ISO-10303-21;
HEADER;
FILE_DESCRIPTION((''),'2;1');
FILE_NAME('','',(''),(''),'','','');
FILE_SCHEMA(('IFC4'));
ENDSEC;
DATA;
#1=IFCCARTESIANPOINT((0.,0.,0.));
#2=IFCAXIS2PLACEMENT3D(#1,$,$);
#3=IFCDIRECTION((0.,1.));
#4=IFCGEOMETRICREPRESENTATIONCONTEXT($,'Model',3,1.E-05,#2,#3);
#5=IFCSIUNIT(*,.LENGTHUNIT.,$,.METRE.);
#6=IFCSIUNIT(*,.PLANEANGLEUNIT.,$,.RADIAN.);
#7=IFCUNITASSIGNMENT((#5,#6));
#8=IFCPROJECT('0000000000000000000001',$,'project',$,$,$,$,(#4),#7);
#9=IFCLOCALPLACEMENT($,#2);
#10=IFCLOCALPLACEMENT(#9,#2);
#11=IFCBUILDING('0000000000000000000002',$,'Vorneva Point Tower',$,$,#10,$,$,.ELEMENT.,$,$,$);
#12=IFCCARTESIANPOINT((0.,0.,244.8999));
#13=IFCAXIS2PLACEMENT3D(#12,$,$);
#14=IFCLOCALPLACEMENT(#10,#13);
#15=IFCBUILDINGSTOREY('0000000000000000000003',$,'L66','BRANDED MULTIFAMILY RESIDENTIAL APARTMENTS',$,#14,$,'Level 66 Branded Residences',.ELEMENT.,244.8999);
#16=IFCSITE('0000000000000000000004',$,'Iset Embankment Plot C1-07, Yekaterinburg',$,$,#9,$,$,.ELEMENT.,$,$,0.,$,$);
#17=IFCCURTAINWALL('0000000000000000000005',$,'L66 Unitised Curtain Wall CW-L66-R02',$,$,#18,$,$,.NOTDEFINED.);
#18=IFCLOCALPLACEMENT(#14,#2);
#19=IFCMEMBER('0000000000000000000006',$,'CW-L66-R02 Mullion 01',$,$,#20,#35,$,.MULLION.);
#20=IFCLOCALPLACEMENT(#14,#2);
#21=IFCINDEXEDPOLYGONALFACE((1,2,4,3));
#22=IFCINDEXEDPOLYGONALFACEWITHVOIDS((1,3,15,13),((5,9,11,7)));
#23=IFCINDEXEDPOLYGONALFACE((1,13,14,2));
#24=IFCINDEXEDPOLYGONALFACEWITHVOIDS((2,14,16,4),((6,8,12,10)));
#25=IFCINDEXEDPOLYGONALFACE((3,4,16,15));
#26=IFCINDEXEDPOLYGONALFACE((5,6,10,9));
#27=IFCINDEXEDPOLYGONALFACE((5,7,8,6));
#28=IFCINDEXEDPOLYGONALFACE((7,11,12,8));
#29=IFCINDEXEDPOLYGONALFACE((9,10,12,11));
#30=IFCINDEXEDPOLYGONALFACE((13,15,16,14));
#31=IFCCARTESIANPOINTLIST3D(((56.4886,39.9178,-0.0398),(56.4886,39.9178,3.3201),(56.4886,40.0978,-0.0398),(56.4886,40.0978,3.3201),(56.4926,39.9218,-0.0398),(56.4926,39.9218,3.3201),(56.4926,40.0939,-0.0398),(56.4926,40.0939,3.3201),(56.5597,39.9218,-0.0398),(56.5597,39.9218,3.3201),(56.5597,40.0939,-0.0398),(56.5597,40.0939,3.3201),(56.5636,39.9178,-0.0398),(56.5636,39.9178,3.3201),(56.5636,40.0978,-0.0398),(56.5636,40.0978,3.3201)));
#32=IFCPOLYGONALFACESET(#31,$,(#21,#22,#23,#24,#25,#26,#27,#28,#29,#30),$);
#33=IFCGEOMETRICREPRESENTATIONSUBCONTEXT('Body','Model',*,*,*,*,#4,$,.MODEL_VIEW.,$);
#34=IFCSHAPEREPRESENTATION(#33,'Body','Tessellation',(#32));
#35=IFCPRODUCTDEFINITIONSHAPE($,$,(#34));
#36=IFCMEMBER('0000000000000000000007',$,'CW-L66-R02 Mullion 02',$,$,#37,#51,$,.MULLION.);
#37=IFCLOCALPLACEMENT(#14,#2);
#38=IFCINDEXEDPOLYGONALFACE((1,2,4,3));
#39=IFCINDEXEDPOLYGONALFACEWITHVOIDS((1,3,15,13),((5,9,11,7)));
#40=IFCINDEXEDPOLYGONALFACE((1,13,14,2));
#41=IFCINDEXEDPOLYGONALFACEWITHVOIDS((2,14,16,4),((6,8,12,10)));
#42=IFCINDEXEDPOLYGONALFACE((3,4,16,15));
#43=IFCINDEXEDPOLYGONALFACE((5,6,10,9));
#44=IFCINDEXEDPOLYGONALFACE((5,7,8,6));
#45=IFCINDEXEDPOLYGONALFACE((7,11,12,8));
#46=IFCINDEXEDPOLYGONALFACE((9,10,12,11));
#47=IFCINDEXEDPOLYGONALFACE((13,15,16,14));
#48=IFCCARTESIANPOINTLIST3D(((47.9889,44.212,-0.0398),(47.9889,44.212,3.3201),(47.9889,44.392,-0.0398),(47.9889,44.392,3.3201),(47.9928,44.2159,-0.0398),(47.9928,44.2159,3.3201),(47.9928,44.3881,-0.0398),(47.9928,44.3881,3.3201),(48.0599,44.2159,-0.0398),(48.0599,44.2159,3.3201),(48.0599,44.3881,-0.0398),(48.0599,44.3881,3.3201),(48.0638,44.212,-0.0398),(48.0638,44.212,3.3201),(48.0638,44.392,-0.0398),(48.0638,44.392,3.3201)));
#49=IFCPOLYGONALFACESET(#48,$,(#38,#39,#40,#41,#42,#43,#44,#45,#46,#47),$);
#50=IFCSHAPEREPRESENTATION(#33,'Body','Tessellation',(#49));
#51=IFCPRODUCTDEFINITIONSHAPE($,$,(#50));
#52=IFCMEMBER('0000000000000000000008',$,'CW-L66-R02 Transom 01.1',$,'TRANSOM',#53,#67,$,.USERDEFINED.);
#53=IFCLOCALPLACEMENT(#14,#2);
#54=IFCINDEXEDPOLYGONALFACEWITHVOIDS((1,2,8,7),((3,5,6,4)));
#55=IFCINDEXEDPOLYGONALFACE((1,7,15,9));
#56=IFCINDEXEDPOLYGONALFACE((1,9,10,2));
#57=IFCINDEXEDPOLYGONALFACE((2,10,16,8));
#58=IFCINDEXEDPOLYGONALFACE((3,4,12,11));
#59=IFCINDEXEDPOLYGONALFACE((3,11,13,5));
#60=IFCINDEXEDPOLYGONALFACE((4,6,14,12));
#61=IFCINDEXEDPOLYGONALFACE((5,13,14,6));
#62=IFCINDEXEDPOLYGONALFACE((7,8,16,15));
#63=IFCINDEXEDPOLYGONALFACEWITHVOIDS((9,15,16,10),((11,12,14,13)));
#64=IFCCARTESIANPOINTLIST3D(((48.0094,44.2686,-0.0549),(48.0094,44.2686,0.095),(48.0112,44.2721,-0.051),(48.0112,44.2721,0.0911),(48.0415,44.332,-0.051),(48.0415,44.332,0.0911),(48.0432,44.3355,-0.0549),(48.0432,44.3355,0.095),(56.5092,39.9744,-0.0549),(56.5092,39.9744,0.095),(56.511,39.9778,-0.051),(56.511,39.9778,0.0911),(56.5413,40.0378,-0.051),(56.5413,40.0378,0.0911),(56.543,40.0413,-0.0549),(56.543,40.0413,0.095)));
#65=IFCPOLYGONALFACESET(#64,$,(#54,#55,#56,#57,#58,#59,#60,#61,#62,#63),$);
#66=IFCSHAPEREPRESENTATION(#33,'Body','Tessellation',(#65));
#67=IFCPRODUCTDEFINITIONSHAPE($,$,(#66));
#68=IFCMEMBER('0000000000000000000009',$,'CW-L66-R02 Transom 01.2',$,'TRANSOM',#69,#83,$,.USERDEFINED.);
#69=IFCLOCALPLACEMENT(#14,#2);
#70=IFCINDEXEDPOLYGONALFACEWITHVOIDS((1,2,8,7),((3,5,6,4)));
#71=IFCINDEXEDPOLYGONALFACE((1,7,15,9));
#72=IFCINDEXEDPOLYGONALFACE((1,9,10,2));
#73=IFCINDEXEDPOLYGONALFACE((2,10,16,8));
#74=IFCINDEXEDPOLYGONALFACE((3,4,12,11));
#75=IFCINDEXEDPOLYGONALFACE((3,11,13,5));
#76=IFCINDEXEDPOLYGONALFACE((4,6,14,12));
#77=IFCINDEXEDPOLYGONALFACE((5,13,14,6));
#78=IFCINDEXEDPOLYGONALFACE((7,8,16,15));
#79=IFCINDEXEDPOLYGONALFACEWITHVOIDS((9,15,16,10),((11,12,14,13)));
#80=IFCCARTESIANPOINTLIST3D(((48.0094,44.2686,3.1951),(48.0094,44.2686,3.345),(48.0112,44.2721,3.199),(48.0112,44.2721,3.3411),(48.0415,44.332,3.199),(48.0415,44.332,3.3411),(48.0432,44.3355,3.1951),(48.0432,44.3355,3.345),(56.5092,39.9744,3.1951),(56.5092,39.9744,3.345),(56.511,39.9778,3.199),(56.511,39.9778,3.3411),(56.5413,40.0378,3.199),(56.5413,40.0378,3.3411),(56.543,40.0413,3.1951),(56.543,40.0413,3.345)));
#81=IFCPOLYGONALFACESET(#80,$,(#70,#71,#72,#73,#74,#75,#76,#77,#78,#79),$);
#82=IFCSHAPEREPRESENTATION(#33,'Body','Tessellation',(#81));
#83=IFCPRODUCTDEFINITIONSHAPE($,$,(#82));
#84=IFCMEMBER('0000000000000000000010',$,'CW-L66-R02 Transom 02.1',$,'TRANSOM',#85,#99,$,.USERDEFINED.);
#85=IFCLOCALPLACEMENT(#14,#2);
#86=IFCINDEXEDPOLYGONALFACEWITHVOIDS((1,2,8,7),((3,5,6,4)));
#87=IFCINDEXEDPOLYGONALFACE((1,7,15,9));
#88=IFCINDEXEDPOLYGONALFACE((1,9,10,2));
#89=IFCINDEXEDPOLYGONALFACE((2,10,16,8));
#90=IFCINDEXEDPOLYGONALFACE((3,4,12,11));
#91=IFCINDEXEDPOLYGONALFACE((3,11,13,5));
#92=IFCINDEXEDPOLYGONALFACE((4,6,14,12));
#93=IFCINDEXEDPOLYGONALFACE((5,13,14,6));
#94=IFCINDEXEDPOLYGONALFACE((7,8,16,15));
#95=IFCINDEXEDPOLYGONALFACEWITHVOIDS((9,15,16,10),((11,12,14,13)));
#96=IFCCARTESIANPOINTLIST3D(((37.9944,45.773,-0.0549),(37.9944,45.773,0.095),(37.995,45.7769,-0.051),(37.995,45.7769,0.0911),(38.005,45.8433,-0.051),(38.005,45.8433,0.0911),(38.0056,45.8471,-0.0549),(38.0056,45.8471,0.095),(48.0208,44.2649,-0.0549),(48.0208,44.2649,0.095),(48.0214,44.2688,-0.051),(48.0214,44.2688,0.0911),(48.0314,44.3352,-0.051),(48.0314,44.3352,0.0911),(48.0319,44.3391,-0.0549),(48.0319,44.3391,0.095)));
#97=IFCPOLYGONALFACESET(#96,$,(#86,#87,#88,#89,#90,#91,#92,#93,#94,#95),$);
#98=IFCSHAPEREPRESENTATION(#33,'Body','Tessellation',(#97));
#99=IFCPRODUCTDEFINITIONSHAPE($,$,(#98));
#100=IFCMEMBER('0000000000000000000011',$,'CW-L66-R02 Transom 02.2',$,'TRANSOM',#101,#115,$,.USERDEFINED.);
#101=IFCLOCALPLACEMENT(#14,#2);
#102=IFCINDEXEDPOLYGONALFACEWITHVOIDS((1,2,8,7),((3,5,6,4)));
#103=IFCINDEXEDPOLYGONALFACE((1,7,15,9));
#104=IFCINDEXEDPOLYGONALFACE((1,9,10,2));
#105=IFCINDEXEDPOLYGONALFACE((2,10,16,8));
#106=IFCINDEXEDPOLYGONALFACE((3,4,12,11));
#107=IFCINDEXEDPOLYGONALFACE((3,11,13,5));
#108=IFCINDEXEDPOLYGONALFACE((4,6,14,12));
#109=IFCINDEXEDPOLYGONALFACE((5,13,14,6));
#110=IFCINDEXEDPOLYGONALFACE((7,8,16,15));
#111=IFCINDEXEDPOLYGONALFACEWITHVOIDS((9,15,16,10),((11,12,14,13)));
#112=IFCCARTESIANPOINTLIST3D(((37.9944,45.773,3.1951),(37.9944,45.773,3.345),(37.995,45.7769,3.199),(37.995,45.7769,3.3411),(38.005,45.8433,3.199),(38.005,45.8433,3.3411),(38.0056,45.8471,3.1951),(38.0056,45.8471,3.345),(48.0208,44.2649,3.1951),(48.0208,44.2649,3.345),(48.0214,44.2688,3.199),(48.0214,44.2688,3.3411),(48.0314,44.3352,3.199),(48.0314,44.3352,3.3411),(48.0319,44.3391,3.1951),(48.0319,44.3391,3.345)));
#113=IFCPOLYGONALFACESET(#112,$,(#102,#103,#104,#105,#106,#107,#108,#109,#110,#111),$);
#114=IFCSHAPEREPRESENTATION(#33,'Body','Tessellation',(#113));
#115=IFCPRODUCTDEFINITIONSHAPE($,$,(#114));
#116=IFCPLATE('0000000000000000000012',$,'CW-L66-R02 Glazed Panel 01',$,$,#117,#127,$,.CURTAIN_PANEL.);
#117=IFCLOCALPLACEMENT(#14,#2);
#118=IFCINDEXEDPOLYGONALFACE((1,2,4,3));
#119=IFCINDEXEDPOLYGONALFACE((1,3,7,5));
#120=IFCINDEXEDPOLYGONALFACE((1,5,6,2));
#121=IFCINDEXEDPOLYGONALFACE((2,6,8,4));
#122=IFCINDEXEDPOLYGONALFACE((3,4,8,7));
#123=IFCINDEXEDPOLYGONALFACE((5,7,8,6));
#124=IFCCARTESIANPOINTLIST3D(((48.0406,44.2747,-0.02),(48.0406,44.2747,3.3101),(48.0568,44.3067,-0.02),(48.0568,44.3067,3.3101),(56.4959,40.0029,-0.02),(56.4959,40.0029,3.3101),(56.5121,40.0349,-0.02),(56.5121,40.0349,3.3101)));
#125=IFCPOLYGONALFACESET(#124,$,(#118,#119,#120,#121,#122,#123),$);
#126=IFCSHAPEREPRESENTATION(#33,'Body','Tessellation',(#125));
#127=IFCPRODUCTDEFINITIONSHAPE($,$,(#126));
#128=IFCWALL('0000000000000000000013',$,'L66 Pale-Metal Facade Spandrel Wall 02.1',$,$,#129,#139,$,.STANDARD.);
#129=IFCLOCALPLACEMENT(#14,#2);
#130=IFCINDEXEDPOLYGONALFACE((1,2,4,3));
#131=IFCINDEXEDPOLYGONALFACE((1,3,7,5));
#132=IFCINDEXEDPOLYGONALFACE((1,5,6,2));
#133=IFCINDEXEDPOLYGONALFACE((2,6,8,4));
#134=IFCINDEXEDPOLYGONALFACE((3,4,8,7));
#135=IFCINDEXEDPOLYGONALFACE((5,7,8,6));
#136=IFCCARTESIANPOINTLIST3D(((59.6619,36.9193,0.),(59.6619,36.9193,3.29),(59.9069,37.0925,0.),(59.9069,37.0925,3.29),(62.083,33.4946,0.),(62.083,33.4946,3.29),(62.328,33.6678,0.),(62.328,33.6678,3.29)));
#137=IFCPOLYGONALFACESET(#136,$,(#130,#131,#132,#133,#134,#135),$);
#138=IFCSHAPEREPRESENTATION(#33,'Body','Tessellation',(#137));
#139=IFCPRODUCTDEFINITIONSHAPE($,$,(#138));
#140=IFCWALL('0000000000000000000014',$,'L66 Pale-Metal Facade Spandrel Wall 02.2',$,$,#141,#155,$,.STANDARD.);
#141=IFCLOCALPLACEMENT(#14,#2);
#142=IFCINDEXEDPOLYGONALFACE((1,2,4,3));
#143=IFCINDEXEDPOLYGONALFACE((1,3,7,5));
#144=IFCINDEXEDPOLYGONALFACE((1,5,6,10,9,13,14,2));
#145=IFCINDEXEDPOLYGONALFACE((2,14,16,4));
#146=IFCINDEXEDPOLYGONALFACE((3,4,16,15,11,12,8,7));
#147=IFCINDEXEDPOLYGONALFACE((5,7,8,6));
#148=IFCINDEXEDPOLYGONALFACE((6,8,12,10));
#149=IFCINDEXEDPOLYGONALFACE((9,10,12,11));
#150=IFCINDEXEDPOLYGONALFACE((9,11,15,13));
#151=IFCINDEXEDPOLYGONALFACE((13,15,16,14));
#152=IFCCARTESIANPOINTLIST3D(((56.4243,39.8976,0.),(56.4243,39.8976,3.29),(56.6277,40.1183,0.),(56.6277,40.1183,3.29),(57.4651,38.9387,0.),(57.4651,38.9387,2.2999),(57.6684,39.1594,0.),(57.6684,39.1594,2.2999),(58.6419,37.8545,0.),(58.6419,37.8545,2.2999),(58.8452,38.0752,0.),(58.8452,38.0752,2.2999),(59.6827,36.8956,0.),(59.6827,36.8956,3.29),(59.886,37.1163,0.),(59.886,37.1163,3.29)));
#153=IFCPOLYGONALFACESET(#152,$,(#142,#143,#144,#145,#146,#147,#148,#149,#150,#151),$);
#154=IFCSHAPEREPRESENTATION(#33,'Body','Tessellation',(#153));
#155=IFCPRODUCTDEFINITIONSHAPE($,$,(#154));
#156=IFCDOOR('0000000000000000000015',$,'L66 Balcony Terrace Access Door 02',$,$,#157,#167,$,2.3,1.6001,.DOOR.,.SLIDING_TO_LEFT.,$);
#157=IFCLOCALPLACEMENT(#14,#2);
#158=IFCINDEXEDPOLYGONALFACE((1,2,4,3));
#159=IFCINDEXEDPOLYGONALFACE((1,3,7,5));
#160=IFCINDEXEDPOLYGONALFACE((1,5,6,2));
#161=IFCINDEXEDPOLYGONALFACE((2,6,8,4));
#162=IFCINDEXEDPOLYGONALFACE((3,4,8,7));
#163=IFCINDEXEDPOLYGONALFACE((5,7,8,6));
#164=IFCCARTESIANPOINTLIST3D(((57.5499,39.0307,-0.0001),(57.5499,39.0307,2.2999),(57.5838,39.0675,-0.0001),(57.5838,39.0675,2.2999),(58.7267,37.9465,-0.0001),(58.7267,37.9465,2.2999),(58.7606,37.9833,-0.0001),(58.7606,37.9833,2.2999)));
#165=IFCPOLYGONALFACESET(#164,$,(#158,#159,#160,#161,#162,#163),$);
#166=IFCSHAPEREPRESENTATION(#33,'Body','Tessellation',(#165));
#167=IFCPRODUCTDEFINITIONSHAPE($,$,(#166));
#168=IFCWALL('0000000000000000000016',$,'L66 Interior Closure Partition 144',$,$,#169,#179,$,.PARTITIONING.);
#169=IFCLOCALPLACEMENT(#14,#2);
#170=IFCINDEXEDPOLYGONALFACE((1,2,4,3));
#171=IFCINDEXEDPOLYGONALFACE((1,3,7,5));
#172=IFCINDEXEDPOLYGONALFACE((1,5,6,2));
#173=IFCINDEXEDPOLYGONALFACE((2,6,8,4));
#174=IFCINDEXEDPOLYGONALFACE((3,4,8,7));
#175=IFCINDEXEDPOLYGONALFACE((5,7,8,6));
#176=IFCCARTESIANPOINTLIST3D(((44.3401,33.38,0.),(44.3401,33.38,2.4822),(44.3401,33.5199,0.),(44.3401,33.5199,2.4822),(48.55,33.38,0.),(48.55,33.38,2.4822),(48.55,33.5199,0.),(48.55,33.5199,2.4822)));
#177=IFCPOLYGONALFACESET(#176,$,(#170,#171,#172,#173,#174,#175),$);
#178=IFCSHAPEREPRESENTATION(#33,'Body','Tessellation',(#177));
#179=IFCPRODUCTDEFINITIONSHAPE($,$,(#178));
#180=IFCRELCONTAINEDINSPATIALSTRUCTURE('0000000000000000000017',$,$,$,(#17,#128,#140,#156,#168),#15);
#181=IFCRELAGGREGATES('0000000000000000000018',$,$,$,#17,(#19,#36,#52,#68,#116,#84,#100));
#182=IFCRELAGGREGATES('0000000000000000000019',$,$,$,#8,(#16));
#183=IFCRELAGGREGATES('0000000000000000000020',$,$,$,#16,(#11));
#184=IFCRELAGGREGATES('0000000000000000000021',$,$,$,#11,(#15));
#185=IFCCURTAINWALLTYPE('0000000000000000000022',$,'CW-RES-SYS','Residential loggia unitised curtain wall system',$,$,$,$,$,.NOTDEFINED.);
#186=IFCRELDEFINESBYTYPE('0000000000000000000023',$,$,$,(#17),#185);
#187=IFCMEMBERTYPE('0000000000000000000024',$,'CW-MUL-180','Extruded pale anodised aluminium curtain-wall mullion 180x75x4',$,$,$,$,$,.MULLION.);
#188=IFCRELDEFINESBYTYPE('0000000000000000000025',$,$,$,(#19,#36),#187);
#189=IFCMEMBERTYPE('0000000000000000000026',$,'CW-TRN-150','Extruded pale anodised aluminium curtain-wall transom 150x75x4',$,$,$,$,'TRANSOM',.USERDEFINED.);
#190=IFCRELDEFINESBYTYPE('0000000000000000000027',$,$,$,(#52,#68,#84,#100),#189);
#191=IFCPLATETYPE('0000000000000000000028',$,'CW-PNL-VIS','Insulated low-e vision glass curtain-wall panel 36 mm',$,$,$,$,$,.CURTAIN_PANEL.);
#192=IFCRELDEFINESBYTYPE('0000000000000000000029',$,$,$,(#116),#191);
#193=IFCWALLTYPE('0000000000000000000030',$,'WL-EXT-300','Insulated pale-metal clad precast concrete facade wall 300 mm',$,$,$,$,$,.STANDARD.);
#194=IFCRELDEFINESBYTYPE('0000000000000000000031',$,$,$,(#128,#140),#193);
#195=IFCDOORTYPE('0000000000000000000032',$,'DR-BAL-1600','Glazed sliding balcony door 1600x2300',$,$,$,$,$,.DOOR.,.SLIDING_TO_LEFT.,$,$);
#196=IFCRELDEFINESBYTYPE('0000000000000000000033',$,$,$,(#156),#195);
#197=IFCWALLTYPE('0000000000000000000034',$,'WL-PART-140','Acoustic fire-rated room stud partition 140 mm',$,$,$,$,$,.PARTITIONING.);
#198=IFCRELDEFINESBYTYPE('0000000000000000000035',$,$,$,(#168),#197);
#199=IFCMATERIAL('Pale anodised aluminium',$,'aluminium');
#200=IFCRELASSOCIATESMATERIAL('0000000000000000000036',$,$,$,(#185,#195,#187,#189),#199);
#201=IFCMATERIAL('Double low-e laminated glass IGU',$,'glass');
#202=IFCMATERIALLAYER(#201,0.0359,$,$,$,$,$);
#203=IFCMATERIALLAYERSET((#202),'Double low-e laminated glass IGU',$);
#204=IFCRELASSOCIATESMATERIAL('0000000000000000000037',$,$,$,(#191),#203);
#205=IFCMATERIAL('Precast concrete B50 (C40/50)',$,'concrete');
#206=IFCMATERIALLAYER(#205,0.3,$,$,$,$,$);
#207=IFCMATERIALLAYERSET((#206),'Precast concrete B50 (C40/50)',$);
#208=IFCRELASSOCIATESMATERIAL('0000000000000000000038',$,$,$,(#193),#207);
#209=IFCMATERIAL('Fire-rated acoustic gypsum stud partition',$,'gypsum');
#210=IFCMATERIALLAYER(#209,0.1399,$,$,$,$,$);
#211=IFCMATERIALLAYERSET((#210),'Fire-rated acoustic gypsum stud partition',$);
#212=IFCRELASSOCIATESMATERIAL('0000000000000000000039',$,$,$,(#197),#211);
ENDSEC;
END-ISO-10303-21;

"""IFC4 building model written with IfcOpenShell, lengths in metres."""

from ifc_helpers import new_model, si_unit, direction, frame, frame_2d, origin, origin_2d, place, context, subcontext, project, spatial, rectangle, hollow_rectangle, extrude, material, layer, layer_set, material_profile, profile_set, type_object, element, fill, aggregate, save


model = new_model("IFC4")

# Units and contexts
model_context = context("Model", 3, precision=1e-05, world=origin(), true_north=direction((0.0, 1.0)))
body_context = subcontext(model_context, "Body", "Model", "MODEL_VIEW")
ifc_project = project(units=[si_unit("LENGTHUNIT", "METRE"), si_unit("PLANEANGLEUNIT", "RADIAN")], contexts=[model_context])

# Site, building, storey
site_placement = place(None, origin())
site = spatial("IfcSite", under=ifc_project, at=site_placement, Name="Iset Embankment Plot C1-07, Yekaterinburg", CompositionType="ELEMENT", RefElevation=0.0)
building_placement = place(site_placement, origin())
building = spatial("IfcBuilding", under=site, at=building_placement, Name="Vorneva Point Tower", CompositionType="ELEMENT")
storey_placement = place(building_placement, frame((0.0, 0.0, 244.8999)))
storey = spatial("IfcBuildingStorey", under=building, at=storey_placement, Name="L66", Description="BRANDED MULTIFAMILY RESIDENTIAL APARTMENTS", LongName="Level 66 Branded Residences", CompositionType="ELEMENT", Elevation=244.8999)

# Shared definitions
ifc_material_1 = material(Name="Pale anodised aluminium", Category="aluminium")
curtain_wall_type = type_object("IfcCurtainWallType", Name="CW-RES-SYS", Description="Residential loggia unitised curtain wall system", PredefinedType="NOTDEFINED", material=ifc_material_1)
ifc_material_profile_1 = material_profile(ifc_material_1, hollow_rectangle(XDim=0.075, YDim=0.1799, WallThickness=0.0039, at=origin_2d()), Name="AL-MUL 180x75x4")
ifc_profile_set_1 = profile_set([ifc_material_profile_1], Name="Pale anodised aluminium")
member_type_1 = type_object("IfcMemberType", Name="CW-MUL-180", Description="Extruded pale anodised aluminium curtain-wall mullion 180x75x4", PredefinedType="MULLION", material=ifc_profile_set_1)

# Curtain wall, members, plate
curtain_wall_1_placement = place(storey_placement, origin())
curtain_wall_1 = element("IfcCurtainWall", 1, at=curtain_wall_1_placement, inside=storey, type_object=curtain_wall_type, Name="L66 Unitised Curtain Wall CW-L66-R02", PredefinedType="NOTDEFINED")
member_1_placement = place(storey_placement, frame((56.5261, 40.0078, -0.0398), z_axis=(0.0, 0.0, 1.0), x_axis=(1.0, 0.0, 0.0)))
member_1 = element("IfcMember", 2, at=member_1_placement, type_object=member_type_1, Name="CW-L66-R02 Mullion 01", PredefinedType="MULLION", context=body_context, shape_type="SweptSolid", body=[
    extrude(hollow_rectangle(XDim=0.075, YDim=0.1799, WallThickness=0.0039, at=origin_2d()), origin(), (0.0, 0.0, 1.0), 3.3599),
])
member_2_placement = place(storey_placement, frame((48.0264, 44.302, -0.0398), z_axis=(0.0, 0.0, 1.0), x_axis=(1.0, 0.0, 0.0)))
member_2 = element("IfcMember", 3, at=member_2_placement, type_object=member_type_1, Name="CW-L66-R02 Mullion 02", PredefinedType="MULLION", context=body_context, shape_type="SweptSolid", body=[
    extrude(hollow_rectangle(XDim=0.075, YDim=0.1799, WallThickness=0.0039, at=origin_2d()), origin(), (0.0, 0.0, 1.0), 3.3599),
])
ifc_material_profile_2 = material_profile(ifc_material_1, hollow_rectangle(XDim=0.075, YDim=0.1499, WallThickness=0.0039, at=origin_2d()), Name="AL-TRN 150x75x4")
ifc_profile_set_2 = profile_set([ifc_material_profile_2], Name="Pale anodised aluminium")
member_type_2 = type_object("IfcMemberType", Name="CW-TRN-150", Description="Extruded pale anodised aluminium curtain-wall transom 150x75x4", ElementType="TRANSOM", PredefinedType="USERDEFINED", material=ifc_profile_set_2)
member_3_placement = place(storey_placement, frame((56.5261, 40.0078, 0.02), z_axis=(-0.892558, 0.450932, 0.0), x_axis=(-0.450932, -0.892558, 0.0)))
member_3 = element("IfcMember", 4, at=member_3_placement, type_object=member_type_2, Name="CW-L66-R02 Transom 01.1", ObjectType="TRANSOM", PredefinedType="USERDEFINED", context=body_context, shape_type="SweptSolid", body=[
    extrude(hollow_rectangle(XDim=0.075, YDim=0.1499, WallThickness=0.0039, at=origin_2d()), origin(), (0.0, 0.0, 1.0), 9.5229),
])
member_4_placement = place(storey_placement, frame((56.5261, 40.0078, 3.27), z_axis=(-0.892558, 0.450932, 0.0), x_axis=(-0.450932, -0.892558, 0.0)))
member_4 = element("IfcMember", 5, at=member_4_placement, type_object=member_type_2, Name="CW-L66-R02 Transom 01.2", ObjectType="TRANSOM", PredefinedType="USERDEFINED", context=body_context, shape_type="SweptSolid", body=[
    extrude(hollow_rectangle(XDim=0.075, YDim=0.1499, WallThickness=0.0039, at=origin_2d()), origin(), (0.0, 0.0, 1.0), 9.5229),
])
member_5_placement = place(storey_placement, frame((48.0264, 44.302, 0.02), z_axis=(-0.988877, 0.148736, 0.0), x_axis=(-0.148736, -0.988877, 0.0)))
member_5 = element("IfcMember", 6, at=member_5_placement, type_object=member_type_2, Name="CW-L66-R02 Transom 02.1", ObjectType="TRANSOM", PredefinedType="USERDEFINED", context=body_context, shape_type="SweptSolid", body=[
    extrude(hollow_rectangle(XDim=0.075, YDim=0.1499, WallThickness=0.0039, at=origin_2d()), origin(), (0.0, 0.0, 1.0), 10.1392),
])
member_6_placement = place(storey_placement, frame((48.0264, 44.302, 3.27), z_axis=(-0.988877, 0.148736, 0.0), x_axis=(-0.148736, -0.988877, 0.0)))
member_6 = element("IfcMember", 7, at=member_6_placement, type_object=member_type_2, Name="CW-L66-R02 Transom 02.2", ObjectType="TRANSOM", PredefinedType="USERDEFINED", context=body_context, shape_type="SweptSolid", body=[
    extrude(hollow_rectangle(XDim=0.075, YDim=0.1499, WallThickness=0.0039, at=origin_2d()), origin(), (0.0, 0.0, 1.0), 10.1392),
])
ifc_material_2 = material(Name="Double low-e laminated glass IGU", Category="glass")
ifc_layer_1 = layer(ifc_material_2, 0.0359)
ifc_layer_set_1 = layer_set([ifc_layer_1], Name="Double low-e laminated glass IGU")
plate_type = type_object("IfcPlateType", Name="CW-PNL-VIS", Description="Insulated low-e vision glass curtain-wall panel 36 mm", PredefinedType="CURTAIN_PANEL", material=ifc_layer_set_1)
plate_placement = place(storey_placement, frame((52.2764, 42.1548, -0.02), z_axis=(0.0, 0.0, 1.0), x_axis=(-0.892554, 0.45094, 0.0)))
plate = element("IfcPlate", 8, at=plate_placement, type_object=plate_type, Name="CW-L66-R02 Glazed Panel 01", PredefinedType="CURTAIN_PANEL", context=body_context, shape_type="SweptSolid", body=[
    extrude(rectangle(XDim=9.4731, YDim=0.0359, at=origin_2d()), origin(), (0.0, 0.0, 1.0), 3.3301),
])
aggregate(curtain_wall_1, [member_1, member_2, member_3, member_4, plate, member_5, member_6])

# Wall
ifc_material_3 = material(Name="Precast concrete B50 (C40/50)", Category="concrete")
ifc_layer_2 = layer(ifc_material_3, 0.3)
ifc_layer_set_2 = layer_set([ifc_layer_2], Name="Precast concrete B50 (C40/50)")
wall_type_1 = type_object("IfcWallType", Name="WL-EXT-300", Description="Insulated pale-metal clad precast concrete facade wall 300 mm", PredefinedType="STANDARD", material=ifc_layer_set_2)
wall_1_placement = place(storey_placement, frame((62.2056, 33.5811, 0.0), z_axis=(0.0, 0.0, 1.0), x_axis=(-0.577261, 0.81656, 0.0)))
element("IfcWall", 9, at=wall_1_placement, inside=storey, type_object=wall_type_1, Name="L66 Pale-Metal Facade Spandrel Wall 02.1", PredefinedType="STANDARD", context=body_context, shape_type="SweptSolid", body=[
    extrude(rectangle(XDim=4.1941, YDim=0.3, at=frame_2d((2.0972, 0.0))), origin(), (0.0, 0.0, 1.0), 3.29),
])

# Wall, opening, door
wall_2_placement = place(storey_placement, frame((59.7844, 37.0059, 0.0), z_axis=(0.0, 0.0, 1.0), x_axis=(-0.735445, 0.677584, 0.0)))
wall_2 = element("IfcWall", 10, at=wall_2_placement, inside=storey, type_object=wall_type_1, Name="L66 Pale-Metal Facade Spandrel Wall 02.2", PredefinedType="STANDARD", context=body_context, shape_type="SweptSolid", body=[
    extrude(rectangle(XDim=4.4304, YDim=0.3, at=frame_2d((2.2153, 0.0))), origin(), (0.0, 0.0, 1.0), 3.29),
])
opening_1_placement = place(wall_2_placement, frame((1.4153, 0.0, 0.0)))
opening_1 = element("IfcOpeningElement", 11, at=opening_1_placement, cuts=wall_2, PredefinedType="OPENING", context=body_context, shape_type="SweptSolid", body=[
    extrude(rectangle(XDim=1.6001, YDim=2.3, at=frame_2d((0.8, 1.1499))), frame((0.0, 0.165, 0.0), z_axis=(0.0, -1.0, 0.0), x_axis=(1.0, 0.0, 0.0)), (0.0, 0.0, 1.0), 0.3298),
])
door_type_1 = type_object("IfcDoorType", Name="DR-BAL-1600", Description="Glazed sliding balcony door 1600x2300", OperationType="SLIDING_TO_LEFT", PredefinedType="DOOR", material=ifc_material_1)
door_1_placement = place(opening_1_placement, origin())
door_1 = element("IfcDoor", 12, at=door_1_placement, inside=storey, type_object=door_type_1, Name="L66 Balcony Terrace Access Door 02", OperationType="SLIDING_TO_LEFT", OverallHeight=2.3, OverallWidth=1.6001, PredefinedType="DOOR", context=body_context, shape_type="SweptSolid", body=[
    extrude(rectangle(XDim=1.6001, YDim=2.3, at=frame_2d((0.8, 1.1499))), frame((0.0, 0.0249, 0.0), z_axis=(0.0, -1.0, 0.0), x_axis=(1.0, 0.0, 0.0)), (0.0, 0.0, 1.0), 0.05),
])
fill(opening_1, door_1)

# Wall
ifc_material_4 = material(Name="Fire-rated acoustic gypsum stud partition", Category="gypsum")
ifc_layer_3 = layer(ifc_material_4, 0.1399)
ifc_layer_set_3 = layer_set([ifc_layer_3], Name="Fire-rated acoustic gypsum stud partition")
wall_type_2 = type_object("IfcWallType", Name="WL-PART-140", Description="Acoustic fire-rated room stud partition 140 mm", PredefinedType="PARTITIONING", material=ifc_layer_set_3)
wall_3_placement = place(storey_placement, frame((48.55, 33.45, 0.0), z_axis=(0.0, 0.0, 1.0), x_axis=(-1.0, 0.0, 0.0)))
element("IfcWall", 13, at=wall_3_placement, inside=storey, type_object=wall_type_2, Name="L66 Interior Closure Partition 144", PredefinedType="PARTITIONING", context=body_context, shape_type="SweptSolid", body=[
    extrude(rectangle(XDim=4.21, YDim=0.1399, at=frame_2d((2.105, 0.0))), origin(), (0.0, 0.0, 1.0), 2.4822),
])

save(model, "model.ifc")
